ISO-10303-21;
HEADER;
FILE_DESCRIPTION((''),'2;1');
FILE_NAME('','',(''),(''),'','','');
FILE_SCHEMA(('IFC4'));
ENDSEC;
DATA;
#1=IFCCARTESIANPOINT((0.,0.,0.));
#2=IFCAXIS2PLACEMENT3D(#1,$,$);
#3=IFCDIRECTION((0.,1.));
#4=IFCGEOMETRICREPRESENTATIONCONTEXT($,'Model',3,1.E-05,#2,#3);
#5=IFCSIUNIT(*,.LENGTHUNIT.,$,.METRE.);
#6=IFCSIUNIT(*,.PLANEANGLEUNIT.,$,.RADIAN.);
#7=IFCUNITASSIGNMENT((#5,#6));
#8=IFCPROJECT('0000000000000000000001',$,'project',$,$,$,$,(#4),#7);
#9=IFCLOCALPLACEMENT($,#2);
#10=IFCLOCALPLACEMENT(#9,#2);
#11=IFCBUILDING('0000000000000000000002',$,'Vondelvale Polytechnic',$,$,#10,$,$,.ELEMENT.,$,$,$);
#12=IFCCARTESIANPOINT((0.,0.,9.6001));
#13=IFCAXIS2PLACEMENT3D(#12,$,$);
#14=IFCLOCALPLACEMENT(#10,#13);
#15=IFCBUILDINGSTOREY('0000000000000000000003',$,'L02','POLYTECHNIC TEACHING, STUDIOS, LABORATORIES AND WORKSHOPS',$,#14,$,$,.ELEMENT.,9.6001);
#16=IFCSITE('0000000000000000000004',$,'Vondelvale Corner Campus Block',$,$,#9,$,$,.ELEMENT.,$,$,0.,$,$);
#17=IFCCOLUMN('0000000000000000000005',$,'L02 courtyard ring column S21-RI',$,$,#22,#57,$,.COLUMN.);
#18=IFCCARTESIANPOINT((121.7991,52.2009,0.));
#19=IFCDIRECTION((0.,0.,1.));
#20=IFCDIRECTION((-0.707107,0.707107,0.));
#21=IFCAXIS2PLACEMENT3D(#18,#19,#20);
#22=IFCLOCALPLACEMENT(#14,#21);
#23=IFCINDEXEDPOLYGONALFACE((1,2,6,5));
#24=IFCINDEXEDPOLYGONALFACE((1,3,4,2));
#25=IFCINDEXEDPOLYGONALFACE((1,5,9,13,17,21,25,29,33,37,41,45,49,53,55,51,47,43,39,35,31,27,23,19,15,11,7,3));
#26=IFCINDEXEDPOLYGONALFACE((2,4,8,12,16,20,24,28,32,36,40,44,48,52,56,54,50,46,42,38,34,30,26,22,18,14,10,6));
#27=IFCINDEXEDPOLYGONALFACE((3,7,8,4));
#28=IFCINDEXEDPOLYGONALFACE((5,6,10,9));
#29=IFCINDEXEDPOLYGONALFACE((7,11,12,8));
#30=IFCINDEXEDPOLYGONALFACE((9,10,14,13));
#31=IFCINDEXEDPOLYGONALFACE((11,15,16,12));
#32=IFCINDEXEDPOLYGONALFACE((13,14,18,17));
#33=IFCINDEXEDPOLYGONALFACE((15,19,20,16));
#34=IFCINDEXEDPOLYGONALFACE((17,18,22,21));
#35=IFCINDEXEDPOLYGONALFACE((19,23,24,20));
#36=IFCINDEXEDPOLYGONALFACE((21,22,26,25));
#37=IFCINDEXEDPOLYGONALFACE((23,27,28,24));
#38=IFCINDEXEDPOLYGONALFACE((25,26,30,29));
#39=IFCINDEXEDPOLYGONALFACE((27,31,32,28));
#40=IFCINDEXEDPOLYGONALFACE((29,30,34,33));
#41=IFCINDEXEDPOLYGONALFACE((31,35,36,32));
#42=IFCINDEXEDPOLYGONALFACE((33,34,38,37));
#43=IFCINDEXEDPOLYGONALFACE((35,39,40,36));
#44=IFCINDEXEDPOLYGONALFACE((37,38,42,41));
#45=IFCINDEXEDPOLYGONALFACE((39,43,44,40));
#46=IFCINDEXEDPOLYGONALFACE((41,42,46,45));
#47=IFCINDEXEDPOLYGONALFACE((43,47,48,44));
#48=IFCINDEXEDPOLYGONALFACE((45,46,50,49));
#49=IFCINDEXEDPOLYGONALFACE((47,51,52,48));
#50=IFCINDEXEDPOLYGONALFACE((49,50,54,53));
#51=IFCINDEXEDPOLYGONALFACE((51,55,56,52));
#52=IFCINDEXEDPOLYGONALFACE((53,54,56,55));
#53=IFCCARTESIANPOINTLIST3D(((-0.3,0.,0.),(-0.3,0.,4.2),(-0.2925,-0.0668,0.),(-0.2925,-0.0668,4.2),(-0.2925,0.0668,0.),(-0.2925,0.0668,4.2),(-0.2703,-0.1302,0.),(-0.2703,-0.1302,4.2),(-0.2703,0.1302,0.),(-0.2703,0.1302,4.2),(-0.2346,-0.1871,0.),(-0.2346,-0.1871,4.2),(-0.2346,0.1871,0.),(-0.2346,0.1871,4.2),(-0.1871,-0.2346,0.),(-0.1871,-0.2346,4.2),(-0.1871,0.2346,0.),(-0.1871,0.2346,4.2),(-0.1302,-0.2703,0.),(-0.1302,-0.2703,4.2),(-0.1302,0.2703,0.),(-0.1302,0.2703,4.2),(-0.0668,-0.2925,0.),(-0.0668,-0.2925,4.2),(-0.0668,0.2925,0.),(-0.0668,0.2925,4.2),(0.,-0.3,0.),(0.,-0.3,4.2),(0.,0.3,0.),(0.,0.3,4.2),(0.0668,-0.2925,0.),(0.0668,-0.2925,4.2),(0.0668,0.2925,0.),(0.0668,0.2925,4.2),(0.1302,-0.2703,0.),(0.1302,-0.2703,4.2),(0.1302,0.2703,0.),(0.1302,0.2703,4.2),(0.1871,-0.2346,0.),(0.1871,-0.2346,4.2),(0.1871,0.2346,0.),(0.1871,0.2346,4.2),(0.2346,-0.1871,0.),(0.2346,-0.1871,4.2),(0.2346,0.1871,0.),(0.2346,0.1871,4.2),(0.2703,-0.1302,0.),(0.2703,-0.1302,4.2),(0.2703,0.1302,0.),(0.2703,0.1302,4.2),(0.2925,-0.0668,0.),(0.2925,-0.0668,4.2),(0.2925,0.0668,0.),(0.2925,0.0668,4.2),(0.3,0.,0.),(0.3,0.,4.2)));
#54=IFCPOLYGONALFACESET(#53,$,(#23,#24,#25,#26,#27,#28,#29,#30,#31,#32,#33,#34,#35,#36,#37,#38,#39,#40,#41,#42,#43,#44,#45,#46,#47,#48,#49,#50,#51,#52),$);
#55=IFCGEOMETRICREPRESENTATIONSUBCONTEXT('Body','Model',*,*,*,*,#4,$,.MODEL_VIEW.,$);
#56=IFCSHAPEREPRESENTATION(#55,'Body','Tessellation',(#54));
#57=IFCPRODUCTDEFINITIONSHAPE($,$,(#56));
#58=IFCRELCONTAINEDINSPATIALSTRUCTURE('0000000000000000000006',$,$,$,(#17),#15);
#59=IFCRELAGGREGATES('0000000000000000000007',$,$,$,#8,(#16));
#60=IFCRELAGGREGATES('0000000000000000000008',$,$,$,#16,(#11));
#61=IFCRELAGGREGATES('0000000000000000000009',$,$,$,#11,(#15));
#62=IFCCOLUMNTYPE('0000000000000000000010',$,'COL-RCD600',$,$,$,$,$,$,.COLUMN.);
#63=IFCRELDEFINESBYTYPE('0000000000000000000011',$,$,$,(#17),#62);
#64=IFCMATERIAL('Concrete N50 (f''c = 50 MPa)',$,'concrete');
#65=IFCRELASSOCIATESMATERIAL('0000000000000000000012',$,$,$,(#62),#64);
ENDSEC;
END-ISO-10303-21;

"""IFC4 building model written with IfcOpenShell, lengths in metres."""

from ifc_helpers import new_model, si_unit, direction, frame, origin, origin_2d, place, context, subcontext, project, spatial, circle, extrude, material, material_profile, profile_set, type_object, element, save


model = new_model("IFC4")

# Units and contexts
model_context = context("Model", 3, precision=1e-05, world=origin(), true_north=direction((0.0, 1.0)))
body_context = subcontext(model_context, "Body", "Model", "MODEL_VIEW")
ifc_project = project(units=[si_unit("LENGTHUNIT", "METRE"), si_unit("PLANEANGLEUNIT", "RADIAN")], contexts=[model_context])

# Site, building, storey
site_placement = place(None, origin())
site = spatial("IfcSite", under=ifc_project, at=site_placement, Name="Vondelvale Corner Campus Block", CompositionType="ELEMENT", RefElevation=0.0)
building_placement = place(site_placement, origin())
building = spatial("IfcBuilding", under=site, at=building_placement, Name="Vondelvale Polytechnic", CompositionType="ELEMENT")
storey_placement = place(building_placement, frame((0.0, 0.0, 9.6001)))
storey = spatial("IfcBuildingStorey", under=building, at=storey_placement, Name="L02", Description="POLYTECHNIC TEACHING, STUDIOS, LABORATORIES AND WORKSHOPS", CompositionType="ELEMENT", Elevation=9.6001)

# Column
ifc_material_1 = material(Name="Concrete N50 (f'c = 50 MPa)", Category="concrete")
ifc_material_profile_1 = material_profile(ifc_material_1, circle(Radius=0.3, at=origin_2d()), Name="RC-COL-D600")
ifc_profile_set_1 = profile_set([ifc_material_profile_1], Name="Concrete N50 (f'c = 50 MPa)")
column_type = type_object("IfcColumnType", Name="COL-RCD600", PredefinedType="COLUMN", material=ifc_profile_set_1)
column_placement = place(storey_placement, frame((121.7991, 52.2009, 0.0), z_axis=(0.0, 0.0, 1.0), x_axis=(-0.707107, 0.707107, 0.0)))
element("IfcColumn", 1, at=column_placement, inside=storey, type_object=column_type, Name="L02 courtyard ring column S21-RI", PredefinedType="COLUMN", context=body_context, shape_type="SweptSolid", body=[
    extrude(circle(Radius=0.3, at=origin_2d()), origin(), (0.0, 0.0, 1.0), 4.2),
])

save(model, "model.ifc")
